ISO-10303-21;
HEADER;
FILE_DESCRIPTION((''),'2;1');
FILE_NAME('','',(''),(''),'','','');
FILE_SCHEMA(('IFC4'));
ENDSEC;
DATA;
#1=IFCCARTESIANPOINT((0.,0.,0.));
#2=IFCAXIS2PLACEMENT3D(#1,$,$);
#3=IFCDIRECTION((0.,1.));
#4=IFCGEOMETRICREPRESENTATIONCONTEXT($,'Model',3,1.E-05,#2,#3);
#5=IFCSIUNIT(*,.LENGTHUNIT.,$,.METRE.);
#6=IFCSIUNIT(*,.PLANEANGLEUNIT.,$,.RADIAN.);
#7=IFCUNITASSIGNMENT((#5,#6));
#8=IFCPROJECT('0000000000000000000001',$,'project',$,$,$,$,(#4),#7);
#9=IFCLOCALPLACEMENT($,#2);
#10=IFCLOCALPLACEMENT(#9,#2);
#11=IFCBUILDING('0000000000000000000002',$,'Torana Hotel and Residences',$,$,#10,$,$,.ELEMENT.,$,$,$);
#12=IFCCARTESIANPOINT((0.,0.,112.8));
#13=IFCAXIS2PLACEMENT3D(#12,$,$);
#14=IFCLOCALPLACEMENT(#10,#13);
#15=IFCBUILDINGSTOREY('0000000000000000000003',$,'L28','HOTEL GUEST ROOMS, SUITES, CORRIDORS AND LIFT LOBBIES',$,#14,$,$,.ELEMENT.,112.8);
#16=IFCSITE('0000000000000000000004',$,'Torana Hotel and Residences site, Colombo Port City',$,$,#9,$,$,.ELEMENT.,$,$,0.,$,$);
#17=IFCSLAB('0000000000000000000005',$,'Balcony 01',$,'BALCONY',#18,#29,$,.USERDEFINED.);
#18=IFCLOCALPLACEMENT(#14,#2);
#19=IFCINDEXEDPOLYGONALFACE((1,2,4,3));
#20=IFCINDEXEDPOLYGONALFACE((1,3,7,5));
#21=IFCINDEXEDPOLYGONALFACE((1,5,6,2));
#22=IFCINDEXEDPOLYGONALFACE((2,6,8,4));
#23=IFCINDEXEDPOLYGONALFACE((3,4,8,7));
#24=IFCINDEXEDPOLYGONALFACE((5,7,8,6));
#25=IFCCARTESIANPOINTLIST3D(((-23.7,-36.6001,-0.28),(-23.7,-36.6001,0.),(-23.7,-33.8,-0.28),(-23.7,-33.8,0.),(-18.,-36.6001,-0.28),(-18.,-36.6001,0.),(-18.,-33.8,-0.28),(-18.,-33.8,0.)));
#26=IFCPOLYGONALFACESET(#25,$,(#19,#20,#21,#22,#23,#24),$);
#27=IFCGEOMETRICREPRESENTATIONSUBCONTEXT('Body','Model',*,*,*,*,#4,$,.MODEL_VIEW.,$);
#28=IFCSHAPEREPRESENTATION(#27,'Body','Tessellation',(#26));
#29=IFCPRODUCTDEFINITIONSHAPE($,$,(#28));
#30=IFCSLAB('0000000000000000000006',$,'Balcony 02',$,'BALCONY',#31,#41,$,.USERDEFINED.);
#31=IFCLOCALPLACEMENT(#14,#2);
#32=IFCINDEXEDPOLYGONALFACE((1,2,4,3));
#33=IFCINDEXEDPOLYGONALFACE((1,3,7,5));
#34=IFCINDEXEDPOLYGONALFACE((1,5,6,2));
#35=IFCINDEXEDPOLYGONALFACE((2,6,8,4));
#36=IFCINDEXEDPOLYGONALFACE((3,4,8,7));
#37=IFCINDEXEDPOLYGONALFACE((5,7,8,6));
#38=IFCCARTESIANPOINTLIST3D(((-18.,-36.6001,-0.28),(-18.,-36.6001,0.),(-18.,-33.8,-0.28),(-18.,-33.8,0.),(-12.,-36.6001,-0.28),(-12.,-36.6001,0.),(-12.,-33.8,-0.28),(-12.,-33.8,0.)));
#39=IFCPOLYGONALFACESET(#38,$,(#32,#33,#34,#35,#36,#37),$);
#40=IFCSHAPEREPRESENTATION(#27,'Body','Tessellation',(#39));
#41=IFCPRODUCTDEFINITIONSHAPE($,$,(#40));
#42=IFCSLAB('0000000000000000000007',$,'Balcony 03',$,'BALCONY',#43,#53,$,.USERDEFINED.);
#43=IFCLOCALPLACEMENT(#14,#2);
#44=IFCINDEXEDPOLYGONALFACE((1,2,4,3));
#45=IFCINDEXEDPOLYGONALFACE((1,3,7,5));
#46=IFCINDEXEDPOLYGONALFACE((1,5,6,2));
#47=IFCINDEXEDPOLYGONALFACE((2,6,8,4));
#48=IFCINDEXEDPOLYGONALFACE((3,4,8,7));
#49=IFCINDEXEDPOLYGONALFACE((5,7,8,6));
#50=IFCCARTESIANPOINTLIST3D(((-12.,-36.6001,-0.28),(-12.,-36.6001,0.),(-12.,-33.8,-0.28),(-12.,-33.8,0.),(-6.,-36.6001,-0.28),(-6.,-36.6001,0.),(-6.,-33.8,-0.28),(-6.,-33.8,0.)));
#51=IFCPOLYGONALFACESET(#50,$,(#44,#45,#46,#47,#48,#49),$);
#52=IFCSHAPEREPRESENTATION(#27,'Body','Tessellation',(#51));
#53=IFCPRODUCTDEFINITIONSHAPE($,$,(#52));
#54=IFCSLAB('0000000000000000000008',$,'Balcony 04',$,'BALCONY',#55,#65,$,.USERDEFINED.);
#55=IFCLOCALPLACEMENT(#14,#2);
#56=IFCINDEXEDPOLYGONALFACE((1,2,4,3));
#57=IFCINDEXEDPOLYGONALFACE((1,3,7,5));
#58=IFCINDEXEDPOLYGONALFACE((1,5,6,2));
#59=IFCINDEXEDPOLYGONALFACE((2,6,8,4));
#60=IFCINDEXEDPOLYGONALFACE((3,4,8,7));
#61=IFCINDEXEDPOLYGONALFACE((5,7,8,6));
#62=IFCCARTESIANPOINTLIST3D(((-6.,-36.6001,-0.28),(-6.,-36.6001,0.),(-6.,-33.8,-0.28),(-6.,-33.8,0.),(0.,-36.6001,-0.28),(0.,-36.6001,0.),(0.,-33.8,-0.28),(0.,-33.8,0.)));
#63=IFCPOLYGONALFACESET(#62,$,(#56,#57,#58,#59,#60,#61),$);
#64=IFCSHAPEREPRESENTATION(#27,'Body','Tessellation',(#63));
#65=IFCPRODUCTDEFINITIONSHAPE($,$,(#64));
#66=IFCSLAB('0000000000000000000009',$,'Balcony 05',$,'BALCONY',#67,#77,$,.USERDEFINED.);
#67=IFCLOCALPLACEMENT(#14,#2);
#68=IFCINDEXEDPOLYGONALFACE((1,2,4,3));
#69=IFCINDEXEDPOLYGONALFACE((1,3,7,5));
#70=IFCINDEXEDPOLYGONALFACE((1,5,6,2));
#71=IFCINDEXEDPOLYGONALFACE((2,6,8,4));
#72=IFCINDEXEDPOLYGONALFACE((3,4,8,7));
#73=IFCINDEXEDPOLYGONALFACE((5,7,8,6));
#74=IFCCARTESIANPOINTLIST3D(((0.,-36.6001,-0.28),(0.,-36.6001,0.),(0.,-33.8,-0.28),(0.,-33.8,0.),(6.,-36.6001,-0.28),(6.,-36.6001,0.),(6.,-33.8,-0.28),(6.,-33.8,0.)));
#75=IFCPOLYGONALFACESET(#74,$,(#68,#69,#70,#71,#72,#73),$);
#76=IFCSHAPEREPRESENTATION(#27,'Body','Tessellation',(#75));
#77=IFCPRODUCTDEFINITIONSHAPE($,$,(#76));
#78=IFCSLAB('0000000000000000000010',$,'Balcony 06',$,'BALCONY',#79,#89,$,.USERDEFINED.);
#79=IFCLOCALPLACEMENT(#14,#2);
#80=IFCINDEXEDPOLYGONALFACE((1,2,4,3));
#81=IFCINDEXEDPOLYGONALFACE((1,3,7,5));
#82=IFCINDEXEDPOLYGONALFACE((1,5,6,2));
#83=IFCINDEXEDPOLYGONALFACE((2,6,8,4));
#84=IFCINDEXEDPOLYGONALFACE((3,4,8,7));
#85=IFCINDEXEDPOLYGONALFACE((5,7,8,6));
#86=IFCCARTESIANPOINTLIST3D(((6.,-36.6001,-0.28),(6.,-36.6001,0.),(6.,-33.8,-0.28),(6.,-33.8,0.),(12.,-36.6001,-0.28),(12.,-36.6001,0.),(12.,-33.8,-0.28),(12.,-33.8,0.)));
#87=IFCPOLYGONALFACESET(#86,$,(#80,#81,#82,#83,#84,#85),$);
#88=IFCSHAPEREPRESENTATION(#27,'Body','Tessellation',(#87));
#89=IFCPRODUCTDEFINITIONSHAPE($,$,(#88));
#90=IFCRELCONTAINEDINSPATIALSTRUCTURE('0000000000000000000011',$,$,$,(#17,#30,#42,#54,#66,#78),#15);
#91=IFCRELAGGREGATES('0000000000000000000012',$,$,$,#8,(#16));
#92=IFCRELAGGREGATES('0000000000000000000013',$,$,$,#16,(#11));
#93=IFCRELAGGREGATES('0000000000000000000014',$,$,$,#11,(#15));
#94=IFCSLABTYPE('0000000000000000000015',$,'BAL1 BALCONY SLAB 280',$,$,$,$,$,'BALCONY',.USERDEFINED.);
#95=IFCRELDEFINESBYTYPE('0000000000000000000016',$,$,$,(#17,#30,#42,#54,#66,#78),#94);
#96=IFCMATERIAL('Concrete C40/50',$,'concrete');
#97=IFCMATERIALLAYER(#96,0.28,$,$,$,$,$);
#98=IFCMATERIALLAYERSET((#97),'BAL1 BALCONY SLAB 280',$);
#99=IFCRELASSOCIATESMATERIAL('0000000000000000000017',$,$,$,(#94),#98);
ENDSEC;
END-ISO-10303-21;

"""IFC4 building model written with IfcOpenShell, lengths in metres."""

from ifc_helpers import new_model, si_unit, direction, frame, origin, place, context, subcontext, project, spatial, polyline, outline, extrude, material, layer, layer_set, type_object, element, save


model = new_model("IFC4")

# Units and contexts
model_context = context("Model", 3, precision=1e-05, world=origin(), true_north=direction((0.0, 1.0)))
body_context = subcontext(model_context, "Body", "Model", "MODEL_VIEW")
ifc_project = project(units=[si_unit("LENGTHUNIT", "METRE"), si_unit("PLANEANGLEUNIT", "RADIAN")], contexts=[model_context])

# Site, building, storey
site_placement = place(None, origin())
site = spatial("IfcSite", under=ifc_project, at=site_placement, Name="Torana Hotel and Residences site, Colombo Port City", CompositionType="ELEMENT", RefElevation=0.0)
building_placement = place(site_placement, origin())
building = spatial("IfcBuilding", under=site, at=building_placement, Name="Torana Hotel and Residences", CompositionType="ELEMENT")
storey_placement = place(building_placement, frame((0.0, 0.0, 112.8)))
storey = spatial("IfcBuildingStorey", under=building, at=storey_placement, Name="L28", Description="HOTEL GUEST ROOMS, SUITES, CORRIDORS AND LIFT LOBBIES", CompositionType="ELEMENT", Elevation=112.8)

# Slabs
ifc_material_1 = material(Name="Concrete C40/50", Category="concrete")
ifc_layer_1 = layer(ifc_material_1, 0.28)
ifc_layer_set_1 = layer_set([ifc_layer_1], Name="BAL1 BALCONY SLAB 280")
slab_type_1 = type_object("IfcSlabType", Name="BAL1 BALCONY SLAB 280", ElementType="BALCONY", PredefinedType="USERDEFINED", material=ifc_layer_set_1)
slab_1_placement = place(storey_placement, frame((0.0, 0.0, -0.28)))
element("IfcSlab", 1, at=slab_1_placement, inside=storey, type_object=slab_type_1, Name="Balcony 01", ObjectType="BALCONY", PredefinedType="USERDEFINED", context=body_context, shape_type="SweptSolid", body=[
    extrude(outline(polyline([(-23.7, -36.6001), (-18.0, -36.6001), (-18.0, -33.8), (-23.7, -33.8), (-23.7, -36.6001)])), origin(), (0.0, 0.0, 1.0), 0.28),
])
slab_2_placement = place(storey_placement, frame((0.0, 0.0, -0.28)))
element("IfcSlab", 2, at=slab_2_placement, inside=storey, type_object=slab_type_1, Name="Balcony 02", ObjectType="BALCONY", PredefinedType="USERDEFINED", context=body_context, shape_type="SweptSolid", body=[
    extrude(outline(polyline([(-18.0, -36.6001), (-12.0, -36.6001), (-12.0, -33.8), (-18.0, -33.8), (-18.0, -36.6001)])), origin(), (0.0, 0.0, 1.0), 0.28),
])
slab_3_placement = place(storey_placement, frame((0.0, 0.0, -0.28)))
element("IfcSlab", 3, at=slab_3_placement, inside=storey, type_object=slab_type_1, Name="Balcony 03", ObjectType="BALCONY", PredefinedType="USERDEFINED", context=body_context, shape_type="SweptSolid", body=[
    extrude(outline(polyline([(-12.0, -36.6001), (-6.0, -36.6001), (-6.0, -33.8), (-12.0, -33.8), (-12.0, -36.6001)])), origin(), (0.0, 0.0, 1.0), 0.28),
])
slab_4_placement = place(storey_placement, frame((0.0, 0.0, -0.28)))
element("IfcSlab", 4, at=slab_4_placement, inside=storey, type_object=slab_type_1, Name="Balcony 04", ObjectType="BALCONY", PredefinedType="USERDEFINED", context=body_context, shape_type="SweptSolid", body=[
    extrude(outline(polyline([(-6.0, -36.6001), (0.0, -36.6001), (0.0, -33.8), (-6.0, -33.8), (-6.0, -36.6001)])), origin(), (0.0, 0.0, 1.0), 0.28),
])
slab_5_placement = place(storey_placement, frame((0.0, 0.0, -0.28)))
element("IfcSlab", 5, at=slab_5_placement, inside=storey, type_object=slab_type_1, Name="Balcony 05", ObjectType="BALCONY", PredefinedType="USERDEFINED", context=body_context, shape_type="SweptSolid", body=[
    extrude(outline(polyline([(0.0, -36.6001), (6.0, -36.6001), (6.0, -33.8), (0.0, -33.8), (0.0, -36.6001)])), origin(), (0.0, 0.0, 1.0), 0.28),
])
slab_6_placement = place(storey_placement, frame((0.0, 0.0, -0.28)))
element("IfcSlab", 6, at=slab_6_placement, inside=storey, type_object=slab_type_1, Name="Balcony 06", ObjectType="BALCONY", PredefinedType="USERDEFINED", context=body_context, shape_type="SweptSolid", body=[
    extrude(outline(polyline([(6.0, -36.6001), (12.0, -36.6001), (12.0, -33.8), (6.0, -33.8), (6.0, -36.6001)])), origin(), (0.0, 0.0, 1.0), 0.28),
])

save(model, "model.ifc")
